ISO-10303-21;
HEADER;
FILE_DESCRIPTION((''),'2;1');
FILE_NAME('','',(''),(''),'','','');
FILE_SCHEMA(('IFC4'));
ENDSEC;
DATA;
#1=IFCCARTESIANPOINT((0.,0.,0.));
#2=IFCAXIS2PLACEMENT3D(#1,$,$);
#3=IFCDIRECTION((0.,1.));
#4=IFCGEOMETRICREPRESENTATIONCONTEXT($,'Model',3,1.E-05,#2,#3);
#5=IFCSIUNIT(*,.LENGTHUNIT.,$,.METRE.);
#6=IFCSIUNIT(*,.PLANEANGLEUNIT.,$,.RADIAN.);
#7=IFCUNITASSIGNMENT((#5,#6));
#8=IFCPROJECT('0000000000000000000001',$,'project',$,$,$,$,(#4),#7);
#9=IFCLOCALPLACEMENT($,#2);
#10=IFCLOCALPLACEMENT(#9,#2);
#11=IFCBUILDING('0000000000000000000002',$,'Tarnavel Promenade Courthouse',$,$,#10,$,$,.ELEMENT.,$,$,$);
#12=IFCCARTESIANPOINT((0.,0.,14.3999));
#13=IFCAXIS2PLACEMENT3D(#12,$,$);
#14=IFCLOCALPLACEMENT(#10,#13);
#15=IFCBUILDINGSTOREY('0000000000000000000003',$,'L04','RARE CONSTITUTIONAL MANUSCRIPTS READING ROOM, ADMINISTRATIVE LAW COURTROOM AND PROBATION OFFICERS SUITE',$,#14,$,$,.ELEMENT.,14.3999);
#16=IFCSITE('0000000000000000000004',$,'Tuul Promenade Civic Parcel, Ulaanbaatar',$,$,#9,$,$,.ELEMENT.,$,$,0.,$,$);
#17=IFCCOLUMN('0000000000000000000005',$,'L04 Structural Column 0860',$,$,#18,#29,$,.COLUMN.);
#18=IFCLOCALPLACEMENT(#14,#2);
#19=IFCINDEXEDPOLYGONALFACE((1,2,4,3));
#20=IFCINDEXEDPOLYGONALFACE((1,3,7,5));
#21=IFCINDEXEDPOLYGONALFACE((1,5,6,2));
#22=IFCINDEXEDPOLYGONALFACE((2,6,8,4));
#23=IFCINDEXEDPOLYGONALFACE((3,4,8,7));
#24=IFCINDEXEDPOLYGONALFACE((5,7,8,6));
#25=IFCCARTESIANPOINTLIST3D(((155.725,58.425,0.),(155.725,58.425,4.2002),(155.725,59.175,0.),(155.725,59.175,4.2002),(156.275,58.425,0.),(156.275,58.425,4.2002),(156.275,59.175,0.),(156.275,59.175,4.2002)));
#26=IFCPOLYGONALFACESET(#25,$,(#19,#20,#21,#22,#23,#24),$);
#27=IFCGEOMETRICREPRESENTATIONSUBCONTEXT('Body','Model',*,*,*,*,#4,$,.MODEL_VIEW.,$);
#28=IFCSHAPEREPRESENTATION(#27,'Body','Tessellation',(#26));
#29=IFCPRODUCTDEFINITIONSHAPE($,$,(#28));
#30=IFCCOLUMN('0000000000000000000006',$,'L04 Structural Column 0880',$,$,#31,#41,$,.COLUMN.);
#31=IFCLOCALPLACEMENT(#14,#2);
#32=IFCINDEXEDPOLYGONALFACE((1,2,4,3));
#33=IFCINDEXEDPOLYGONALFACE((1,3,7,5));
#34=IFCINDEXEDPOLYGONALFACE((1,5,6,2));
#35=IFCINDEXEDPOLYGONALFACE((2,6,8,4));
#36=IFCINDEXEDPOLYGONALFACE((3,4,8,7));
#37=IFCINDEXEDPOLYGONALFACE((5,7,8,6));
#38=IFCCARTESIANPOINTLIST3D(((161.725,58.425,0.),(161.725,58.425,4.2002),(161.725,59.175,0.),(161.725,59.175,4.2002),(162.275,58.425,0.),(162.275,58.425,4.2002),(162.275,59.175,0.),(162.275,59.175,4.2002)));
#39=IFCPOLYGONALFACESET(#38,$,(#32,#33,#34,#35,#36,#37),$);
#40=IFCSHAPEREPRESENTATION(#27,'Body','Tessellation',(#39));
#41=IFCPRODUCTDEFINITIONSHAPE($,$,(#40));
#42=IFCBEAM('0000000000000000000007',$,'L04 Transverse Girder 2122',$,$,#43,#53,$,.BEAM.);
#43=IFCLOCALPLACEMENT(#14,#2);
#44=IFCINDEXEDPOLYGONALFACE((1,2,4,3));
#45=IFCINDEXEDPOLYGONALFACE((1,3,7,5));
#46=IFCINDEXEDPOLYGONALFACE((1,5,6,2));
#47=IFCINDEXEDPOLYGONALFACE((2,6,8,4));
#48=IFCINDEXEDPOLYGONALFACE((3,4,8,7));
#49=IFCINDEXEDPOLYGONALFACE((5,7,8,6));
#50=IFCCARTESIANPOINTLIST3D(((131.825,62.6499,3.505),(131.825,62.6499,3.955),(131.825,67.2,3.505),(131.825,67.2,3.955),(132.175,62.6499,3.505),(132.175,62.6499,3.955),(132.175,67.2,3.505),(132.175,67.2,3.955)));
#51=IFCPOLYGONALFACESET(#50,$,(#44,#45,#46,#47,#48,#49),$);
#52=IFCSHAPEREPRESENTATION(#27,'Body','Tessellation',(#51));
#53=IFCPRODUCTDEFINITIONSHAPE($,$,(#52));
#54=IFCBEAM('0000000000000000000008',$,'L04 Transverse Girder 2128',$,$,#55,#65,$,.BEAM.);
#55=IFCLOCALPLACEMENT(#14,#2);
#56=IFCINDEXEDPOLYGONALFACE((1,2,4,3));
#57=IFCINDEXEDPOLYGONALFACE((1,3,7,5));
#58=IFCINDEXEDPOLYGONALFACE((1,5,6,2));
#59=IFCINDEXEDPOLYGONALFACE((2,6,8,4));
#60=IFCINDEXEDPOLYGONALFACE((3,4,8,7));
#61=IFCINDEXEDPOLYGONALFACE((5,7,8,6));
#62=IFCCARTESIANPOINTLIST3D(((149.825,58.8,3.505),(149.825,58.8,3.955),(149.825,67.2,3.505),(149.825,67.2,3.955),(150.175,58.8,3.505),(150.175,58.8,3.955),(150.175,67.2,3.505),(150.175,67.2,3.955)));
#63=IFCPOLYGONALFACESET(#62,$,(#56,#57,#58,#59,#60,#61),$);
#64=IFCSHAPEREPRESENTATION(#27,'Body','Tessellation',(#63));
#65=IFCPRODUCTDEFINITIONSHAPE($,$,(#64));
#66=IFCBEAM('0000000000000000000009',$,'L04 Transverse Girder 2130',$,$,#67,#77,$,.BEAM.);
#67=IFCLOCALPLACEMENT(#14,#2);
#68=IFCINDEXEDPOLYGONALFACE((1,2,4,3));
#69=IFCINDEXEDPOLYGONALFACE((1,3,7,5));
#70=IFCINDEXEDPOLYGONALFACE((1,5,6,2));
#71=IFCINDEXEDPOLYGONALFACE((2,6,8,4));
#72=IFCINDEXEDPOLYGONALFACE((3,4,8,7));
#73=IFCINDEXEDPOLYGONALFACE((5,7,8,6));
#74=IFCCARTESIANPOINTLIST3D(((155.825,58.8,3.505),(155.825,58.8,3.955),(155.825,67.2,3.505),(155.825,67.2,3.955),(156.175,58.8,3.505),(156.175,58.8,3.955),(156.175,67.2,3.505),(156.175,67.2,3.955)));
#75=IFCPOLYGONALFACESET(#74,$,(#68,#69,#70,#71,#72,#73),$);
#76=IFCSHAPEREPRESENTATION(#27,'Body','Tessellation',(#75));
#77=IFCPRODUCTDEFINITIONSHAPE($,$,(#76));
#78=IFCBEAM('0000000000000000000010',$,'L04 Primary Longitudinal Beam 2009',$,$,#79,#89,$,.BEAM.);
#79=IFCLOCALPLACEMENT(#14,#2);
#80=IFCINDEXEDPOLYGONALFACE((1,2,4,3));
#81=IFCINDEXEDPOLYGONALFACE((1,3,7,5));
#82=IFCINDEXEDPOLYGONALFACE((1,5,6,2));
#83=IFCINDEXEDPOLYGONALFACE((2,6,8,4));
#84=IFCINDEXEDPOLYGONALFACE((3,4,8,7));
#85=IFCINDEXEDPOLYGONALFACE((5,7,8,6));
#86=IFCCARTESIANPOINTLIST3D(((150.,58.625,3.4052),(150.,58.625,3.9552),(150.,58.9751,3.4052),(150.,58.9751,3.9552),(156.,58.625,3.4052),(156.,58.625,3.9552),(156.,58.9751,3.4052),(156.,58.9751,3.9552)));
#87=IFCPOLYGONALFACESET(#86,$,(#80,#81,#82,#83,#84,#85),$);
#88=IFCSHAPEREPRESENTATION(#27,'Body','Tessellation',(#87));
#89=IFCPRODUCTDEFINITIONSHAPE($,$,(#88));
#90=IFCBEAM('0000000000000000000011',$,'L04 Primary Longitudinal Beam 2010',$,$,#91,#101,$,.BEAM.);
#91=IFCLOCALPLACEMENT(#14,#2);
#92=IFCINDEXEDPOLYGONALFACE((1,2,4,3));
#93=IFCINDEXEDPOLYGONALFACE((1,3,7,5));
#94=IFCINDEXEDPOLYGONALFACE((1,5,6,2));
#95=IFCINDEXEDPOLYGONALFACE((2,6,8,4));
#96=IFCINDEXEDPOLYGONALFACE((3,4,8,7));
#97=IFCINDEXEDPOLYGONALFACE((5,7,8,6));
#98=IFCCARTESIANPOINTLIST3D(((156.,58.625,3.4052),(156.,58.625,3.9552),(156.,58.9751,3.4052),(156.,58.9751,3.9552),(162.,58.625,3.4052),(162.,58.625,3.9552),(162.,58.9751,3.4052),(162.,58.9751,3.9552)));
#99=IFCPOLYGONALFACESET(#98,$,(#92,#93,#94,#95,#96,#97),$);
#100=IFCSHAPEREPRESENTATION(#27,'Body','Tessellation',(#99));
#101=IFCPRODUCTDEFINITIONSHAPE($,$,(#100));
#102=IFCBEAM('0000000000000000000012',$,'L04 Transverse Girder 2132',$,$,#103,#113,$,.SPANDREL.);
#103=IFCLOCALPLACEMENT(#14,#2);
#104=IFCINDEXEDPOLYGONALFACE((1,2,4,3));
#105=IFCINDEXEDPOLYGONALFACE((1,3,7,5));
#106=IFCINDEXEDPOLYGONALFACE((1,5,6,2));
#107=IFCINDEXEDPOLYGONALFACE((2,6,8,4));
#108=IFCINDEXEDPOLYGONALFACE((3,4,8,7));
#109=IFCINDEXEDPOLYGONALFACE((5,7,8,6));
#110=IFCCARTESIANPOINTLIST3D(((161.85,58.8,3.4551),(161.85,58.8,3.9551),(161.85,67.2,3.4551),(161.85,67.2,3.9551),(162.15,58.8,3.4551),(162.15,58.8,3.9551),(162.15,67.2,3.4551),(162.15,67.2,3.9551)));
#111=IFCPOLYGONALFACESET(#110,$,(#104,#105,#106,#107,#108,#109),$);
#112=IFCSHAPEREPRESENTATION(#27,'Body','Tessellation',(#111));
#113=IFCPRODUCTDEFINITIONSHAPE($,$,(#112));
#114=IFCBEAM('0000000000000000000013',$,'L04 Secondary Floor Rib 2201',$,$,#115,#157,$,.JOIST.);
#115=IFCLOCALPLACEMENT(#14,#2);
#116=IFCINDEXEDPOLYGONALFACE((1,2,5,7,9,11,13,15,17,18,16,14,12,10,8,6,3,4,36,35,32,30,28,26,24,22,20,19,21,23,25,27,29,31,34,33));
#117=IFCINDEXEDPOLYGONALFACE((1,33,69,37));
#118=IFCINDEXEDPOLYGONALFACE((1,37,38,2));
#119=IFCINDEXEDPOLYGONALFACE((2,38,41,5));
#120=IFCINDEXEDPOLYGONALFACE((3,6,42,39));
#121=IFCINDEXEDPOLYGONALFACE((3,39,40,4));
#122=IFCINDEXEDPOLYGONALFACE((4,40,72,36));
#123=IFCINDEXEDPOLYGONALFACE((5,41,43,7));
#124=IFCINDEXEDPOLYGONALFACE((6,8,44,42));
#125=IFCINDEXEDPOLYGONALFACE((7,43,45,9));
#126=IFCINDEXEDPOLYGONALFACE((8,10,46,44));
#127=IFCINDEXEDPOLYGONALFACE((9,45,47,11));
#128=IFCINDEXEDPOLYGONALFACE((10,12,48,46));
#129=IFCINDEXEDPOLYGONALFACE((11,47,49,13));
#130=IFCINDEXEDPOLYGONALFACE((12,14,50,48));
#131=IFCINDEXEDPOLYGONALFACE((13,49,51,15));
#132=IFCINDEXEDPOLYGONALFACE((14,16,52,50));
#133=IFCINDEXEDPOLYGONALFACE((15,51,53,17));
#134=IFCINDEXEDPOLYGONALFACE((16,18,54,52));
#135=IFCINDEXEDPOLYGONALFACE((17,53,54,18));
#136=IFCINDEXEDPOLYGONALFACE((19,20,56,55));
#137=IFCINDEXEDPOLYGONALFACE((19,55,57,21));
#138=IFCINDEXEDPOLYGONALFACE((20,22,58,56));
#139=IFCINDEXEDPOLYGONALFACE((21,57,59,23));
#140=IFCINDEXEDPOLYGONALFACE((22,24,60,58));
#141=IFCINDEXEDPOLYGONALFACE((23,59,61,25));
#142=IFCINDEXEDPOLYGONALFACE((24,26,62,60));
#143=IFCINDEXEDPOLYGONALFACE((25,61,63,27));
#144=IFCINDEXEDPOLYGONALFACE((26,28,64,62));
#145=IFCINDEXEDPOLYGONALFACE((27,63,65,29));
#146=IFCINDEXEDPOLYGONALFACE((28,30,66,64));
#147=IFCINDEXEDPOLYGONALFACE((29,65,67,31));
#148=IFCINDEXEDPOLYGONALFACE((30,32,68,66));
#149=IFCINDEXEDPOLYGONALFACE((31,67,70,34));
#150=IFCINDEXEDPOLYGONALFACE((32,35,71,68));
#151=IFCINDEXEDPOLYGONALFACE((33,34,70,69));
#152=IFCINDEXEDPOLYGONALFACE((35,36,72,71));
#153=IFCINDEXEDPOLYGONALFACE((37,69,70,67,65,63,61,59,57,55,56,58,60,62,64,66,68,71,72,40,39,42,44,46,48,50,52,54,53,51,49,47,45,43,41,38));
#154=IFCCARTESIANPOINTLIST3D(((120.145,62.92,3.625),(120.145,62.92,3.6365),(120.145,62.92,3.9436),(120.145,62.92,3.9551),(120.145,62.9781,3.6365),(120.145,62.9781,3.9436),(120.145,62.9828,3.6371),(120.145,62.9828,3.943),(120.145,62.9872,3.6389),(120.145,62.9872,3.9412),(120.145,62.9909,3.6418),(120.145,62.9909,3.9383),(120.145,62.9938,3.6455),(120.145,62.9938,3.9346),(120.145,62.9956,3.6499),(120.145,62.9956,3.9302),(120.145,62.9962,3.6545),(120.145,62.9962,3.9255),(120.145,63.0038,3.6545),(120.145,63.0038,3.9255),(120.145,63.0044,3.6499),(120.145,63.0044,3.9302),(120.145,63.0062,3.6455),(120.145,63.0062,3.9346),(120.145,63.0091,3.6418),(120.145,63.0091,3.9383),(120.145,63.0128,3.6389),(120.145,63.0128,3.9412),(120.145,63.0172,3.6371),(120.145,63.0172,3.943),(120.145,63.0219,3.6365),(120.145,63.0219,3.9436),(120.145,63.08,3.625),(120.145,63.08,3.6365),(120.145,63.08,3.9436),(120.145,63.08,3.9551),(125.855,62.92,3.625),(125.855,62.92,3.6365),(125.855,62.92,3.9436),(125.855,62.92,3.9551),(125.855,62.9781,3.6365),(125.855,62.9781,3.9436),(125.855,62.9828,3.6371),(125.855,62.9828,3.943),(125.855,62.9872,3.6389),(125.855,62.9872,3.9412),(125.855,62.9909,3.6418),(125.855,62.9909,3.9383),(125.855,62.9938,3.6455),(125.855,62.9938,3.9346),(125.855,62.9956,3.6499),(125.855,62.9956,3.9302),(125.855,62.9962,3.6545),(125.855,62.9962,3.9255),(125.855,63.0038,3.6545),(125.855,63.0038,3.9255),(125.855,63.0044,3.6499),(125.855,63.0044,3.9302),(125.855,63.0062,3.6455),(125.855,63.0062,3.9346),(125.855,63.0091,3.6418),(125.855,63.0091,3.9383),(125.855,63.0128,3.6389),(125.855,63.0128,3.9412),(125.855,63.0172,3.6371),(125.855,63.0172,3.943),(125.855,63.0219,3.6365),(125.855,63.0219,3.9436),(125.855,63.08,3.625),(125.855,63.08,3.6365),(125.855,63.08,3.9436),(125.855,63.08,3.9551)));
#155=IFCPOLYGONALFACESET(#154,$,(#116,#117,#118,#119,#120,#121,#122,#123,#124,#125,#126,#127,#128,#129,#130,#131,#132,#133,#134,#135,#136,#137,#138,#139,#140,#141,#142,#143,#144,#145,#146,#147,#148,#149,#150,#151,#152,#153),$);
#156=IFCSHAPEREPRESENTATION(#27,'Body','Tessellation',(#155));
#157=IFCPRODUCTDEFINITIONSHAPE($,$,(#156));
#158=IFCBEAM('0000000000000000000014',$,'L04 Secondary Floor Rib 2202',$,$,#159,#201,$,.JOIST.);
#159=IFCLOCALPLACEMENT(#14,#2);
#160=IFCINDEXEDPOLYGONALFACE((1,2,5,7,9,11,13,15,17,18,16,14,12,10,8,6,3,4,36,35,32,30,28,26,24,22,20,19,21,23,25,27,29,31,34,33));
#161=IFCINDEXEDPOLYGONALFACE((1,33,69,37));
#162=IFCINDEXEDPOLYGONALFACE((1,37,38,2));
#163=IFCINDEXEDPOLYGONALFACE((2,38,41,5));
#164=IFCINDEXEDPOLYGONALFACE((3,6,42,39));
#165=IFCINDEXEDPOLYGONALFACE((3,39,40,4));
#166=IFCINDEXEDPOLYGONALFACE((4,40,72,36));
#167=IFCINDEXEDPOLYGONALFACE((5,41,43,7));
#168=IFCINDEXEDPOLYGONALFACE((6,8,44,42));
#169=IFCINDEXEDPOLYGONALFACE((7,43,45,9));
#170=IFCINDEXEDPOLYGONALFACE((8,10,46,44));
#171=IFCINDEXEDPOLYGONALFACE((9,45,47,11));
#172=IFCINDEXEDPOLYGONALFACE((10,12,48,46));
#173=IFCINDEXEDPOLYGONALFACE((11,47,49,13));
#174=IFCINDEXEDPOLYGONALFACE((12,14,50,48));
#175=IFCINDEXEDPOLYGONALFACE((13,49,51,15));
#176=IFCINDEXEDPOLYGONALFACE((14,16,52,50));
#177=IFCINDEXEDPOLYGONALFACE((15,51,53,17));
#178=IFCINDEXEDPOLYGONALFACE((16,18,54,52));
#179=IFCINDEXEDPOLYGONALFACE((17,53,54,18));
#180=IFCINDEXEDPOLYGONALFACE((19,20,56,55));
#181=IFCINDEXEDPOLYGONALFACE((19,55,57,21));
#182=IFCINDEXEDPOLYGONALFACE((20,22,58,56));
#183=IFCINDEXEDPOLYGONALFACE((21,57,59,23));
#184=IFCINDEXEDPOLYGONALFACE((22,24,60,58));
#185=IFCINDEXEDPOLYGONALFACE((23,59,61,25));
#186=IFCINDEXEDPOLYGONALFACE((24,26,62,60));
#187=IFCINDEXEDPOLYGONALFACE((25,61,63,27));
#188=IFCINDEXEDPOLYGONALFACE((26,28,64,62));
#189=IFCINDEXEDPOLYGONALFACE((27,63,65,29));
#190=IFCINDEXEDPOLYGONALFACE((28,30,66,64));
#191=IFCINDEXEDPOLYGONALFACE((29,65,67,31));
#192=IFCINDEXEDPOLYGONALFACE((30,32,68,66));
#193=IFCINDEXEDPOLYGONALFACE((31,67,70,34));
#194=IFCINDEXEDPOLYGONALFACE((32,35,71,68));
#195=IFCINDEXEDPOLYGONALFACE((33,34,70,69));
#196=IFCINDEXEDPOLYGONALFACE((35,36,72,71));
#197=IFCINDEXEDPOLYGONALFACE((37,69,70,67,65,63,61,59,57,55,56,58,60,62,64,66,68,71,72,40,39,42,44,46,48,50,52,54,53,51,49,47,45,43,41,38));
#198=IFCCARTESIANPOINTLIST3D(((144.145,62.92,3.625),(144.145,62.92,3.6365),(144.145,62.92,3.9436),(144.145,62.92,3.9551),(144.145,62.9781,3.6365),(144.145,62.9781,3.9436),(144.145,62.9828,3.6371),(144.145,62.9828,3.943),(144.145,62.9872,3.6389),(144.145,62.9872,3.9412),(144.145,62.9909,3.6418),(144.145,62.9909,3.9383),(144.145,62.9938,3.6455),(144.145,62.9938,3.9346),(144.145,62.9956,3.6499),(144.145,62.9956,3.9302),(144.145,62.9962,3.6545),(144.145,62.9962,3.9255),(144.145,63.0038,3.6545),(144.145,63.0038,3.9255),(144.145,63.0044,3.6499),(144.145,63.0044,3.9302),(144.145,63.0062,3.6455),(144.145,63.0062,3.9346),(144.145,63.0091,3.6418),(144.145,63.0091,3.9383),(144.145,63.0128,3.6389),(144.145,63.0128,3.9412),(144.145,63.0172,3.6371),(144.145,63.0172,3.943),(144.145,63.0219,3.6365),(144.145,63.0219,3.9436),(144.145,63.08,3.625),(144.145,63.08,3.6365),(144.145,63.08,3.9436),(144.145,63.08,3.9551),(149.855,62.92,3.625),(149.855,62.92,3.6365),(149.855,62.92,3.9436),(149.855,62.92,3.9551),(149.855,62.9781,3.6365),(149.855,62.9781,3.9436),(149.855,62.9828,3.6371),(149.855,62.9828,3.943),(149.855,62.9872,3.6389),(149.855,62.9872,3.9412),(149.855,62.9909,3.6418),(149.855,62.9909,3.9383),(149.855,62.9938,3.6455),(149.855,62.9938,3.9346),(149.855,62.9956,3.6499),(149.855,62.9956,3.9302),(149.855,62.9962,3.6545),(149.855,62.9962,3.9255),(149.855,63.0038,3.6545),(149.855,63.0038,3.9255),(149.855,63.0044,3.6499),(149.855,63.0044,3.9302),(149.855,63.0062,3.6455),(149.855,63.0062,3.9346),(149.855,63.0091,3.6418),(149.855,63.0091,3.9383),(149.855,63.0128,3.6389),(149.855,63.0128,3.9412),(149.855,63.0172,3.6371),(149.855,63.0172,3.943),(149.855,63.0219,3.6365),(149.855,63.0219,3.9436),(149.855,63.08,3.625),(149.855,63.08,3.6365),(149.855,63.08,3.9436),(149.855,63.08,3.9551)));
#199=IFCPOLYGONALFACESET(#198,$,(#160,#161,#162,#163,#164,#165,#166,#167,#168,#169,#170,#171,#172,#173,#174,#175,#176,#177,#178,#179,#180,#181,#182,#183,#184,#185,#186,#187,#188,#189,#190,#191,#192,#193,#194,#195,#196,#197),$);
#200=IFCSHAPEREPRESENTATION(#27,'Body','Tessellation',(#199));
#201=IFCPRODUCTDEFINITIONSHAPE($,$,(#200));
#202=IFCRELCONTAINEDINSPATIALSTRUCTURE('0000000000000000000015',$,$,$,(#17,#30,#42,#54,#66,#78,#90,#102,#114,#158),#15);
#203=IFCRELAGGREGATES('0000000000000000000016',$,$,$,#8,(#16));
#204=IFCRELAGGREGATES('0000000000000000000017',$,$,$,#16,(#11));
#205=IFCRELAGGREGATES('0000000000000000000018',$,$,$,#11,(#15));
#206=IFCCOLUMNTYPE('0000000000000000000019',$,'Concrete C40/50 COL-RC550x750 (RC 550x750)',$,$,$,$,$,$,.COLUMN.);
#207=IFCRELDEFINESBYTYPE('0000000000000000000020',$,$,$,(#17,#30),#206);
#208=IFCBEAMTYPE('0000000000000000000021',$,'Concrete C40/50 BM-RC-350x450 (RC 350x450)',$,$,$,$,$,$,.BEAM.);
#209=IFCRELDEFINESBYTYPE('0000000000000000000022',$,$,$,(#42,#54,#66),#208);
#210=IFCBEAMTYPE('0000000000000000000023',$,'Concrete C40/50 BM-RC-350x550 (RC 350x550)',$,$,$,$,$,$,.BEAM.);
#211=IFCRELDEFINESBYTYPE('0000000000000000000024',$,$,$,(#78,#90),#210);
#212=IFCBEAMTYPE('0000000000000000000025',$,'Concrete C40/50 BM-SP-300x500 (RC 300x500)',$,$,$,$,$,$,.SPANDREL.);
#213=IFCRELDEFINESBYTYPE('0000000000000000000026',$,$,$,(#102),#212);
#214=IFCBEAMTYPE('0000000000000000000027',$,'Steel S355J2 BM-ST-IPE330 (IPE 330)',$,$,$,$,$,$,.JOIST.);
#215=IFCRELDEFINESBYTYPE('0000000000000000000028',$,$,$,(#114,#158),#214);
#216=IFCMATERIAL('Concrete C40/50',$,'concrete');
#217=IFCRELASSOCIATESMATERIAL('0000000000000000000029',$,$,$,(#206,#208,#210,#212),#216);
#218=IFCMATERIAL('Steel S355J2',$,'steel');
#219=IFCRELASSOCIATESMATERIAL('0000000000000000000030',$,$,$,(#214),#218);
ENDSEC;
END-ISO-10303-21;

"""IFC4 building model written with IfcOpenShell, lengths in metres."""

from ifc_helpers import new_model, si_unit, direction, frame, origin, origin_2d, place, context, subcontext, project, spatial, rectangle, i_section, extrude, material, material_profile, profile_set, type_object, element, save


model = new_model("IFC4")

# Units and contexts
model_context = context("Model", 3, precision=1e-05, world=origin(), true_north=direction((0.0, 1.0)))
body_context = subcontext(model_context, "Body", "Model", "MODEL_VIEW")
ifc_project = project(units=[si_unit("LENGTHUNIT", "METRE"), si_unit("PLANEANGLEUNIT", "RADIAN")], contexts=[model_context])

# Site, building, storey
site_placement = place(None, origin())
site = spatial("IfcSite", under=ifc_project, at=site_placement, Name="Tuul Promenade Civic Parcel, Ulaanbaatar", CompositionType="ELEMENT", RefElevation=0.0)
building_placement = place(site_placement, origin())
building = spatial("IfcBuilding", under=site, at=building_placement, Name="Tarnavel Promenade Courthouse", CompositionType="ELEMENT")
storey_placement = place(building_placement, frame((0.0, 0.0, 14.3999)))
storey = spatial("IfcBuildingStorey", under=building, at=storey_placement, Name="L04", Description="RARE CONSTITUTIONAL MANUSCRIPTS READING ROOM, ADMINISTRATIVE LAW COURTROOM AND PROBATION OFFICERS SUITE", CompositionType="ELEMENT", Elevation=14.3999)

# Columns
ifc_material_1 = material(Name="Concrete C40/50", Category="concrete")
ifc_material_profile_1 = material_profile(ifc_material_1, rectangle(XDim=0.55, YDim=0.75, at=origin_2d()), Name="RC 550x750")
ifc_profile_set_1 = profile_set([ifc_material_profile_1], Name="Concrete C40/50")
column_type = type_object("IfcColumnType", Name="Concrete C40/50 COL-RC550x750 (RC 550x750)", PredefinedType="COLUMN", material=ifc_profile_set_1)
for number, where, z_axis, x_axis, name in (
    (1, (156.0, 58.8, 0.0), (0.0, 0.0, 1.0), (1.0, 0.0, 0.0), "L04 Structural Column 0860"),
    (2, (162.0, 58.8, 0.0), (0.0, 0.0, 1.0), (1.0, 0.0, 0.0), "L04 Structural Column 0880"),
):
    element("IfcColumn", number, at=place(storey_placement, frame(where, z_axis=z_axis, x_axis=x_axis)), inside=storey, type_object=column_type, Name=name, PredefinedType="COLUMN", context=body_context, shape_type="SweptSolid", body=[
        extrude(rectangle(XDim=0.55, YDim=0.75, at=origin_2d()), origin(), (0.0, 0.0, 1.0), 4.2002),
    ])

# Beams
ifc_material_profile_2 = material_profile(ifc_material_1, rectangle(XDim=0.3501, YDim=0.45, at=origin_2d()), Name="RC 350x450")
ifc_profile_set_2 = profile_set([ifc_material_profile_2], Name="Concrete C40/50")
beam_type_1 = type_object("IfcBeamType", Name="Concrete C40/50 BM-RC-350x450 (RC 350x450)", PredefinedType="BEAM", material=ifc_profile_set_2)
beam_1_placement = place(storey_placement, frame((132.0, 62.6499, 3.73), z_axis=(0.0, 1.0, 0.0), x_axis=(-1.0, 0.0, 0.0)))
element("IfcBeam", 3, at=beam_1_placement, inside=storey, type_object=beam_type_1, Name="L04 Transverse Girder 2122", PredefinedType="BEAM", context=body_context, shape_type="SweptSolid", body=[
    extrude(rectangle(XDim=0.3501, YDim=0.45, at=origin_2d()), origin(), (0.0, 0.0, 1.0), 4.55),
])
for number, where, z_axis, x_axis, name in (
    (4, (150.0, 58.8, 3.73), (0.0, 1.0, 0.0), (-1.0, 0.0, 0.0), "L04 Transverse Girder 2128"),
    (5, (156.0, 58.8, 3.73), (0.0, 1.0, 0.0), (-1.0, 0.0, 0.0), "L04 Transverse Girder 2130"),
):
    element("IfcBeam", number, at=place(storey_placement, frame(where, z_axis=z_axis, x_axis=x_axis)), inside=storey, type_object=beam_type_1, Name=name, PredefinedType="BEAM", context=body_context, shape_type="SweptSolid", body=[
        extrude(rectangle(XDim=0.3501, YDim=0.45, at=origin_2d()), origin(), (0.0, 0.0, 1.0), 8.3999),
    ])
ifc_material_profile_3 = material_profile(ifc_material_1, rectangle(XDim=0.3501, YDim=0.55, at=origin_2d()), Name="RC 350x550")
ifc_profile_set_3 = profile_set([ifc_material_profile_3], Name="Concrete C40/50")
beam_type_2 = type_object("IfcBeamType", Name="Concrete C40/50 BM-RC-350x550 (RC 350x550)", PredefinedType="BEAM", material=ifc_profile_set_3)
for number, where, z_axis, x_axis, name in (
    (6, (150.0, 58.8, 3.6802), (1.0, 0.0, 0.0), (0.0, 1.0, 0.0), "L04 Primary Longitudinal Beam 2009"),
    (7, (156.0, 58.8, 3.6802), (1.0, 0.0, 0.0), (0.0, 1.0, 0.0), "L04 Primary Longitudinal Beam 2010"),
):
    element("IfcBeam", number, at=place(storey_placement, frame(where, z_axis=z_axis, x_axis=x_axis)), inside=storey, type_object=beam_type_2, Name=name, PredefinedType="BEAM", context=body_context, shape_type="SweptSolid", body=[
        extrude(rectangle(XDim=0.3501, YDim=0.55, at=origin_2d()), origin(), (0.0, 0.0, 1.0), 6.0),
    ])
ifc_material_profile_4 = material_profile(ifc_material_1, rectangle(XDim=0.3, YDim=0.5, at=origin_2d()), Name="RC 300x500")
ifc_profile_set_4 = profile_set([ifc_material_profile_4], Name="Concrete C40/50")
beam_type_3 = type_object("IfcBeamType", Name="Concrete C40/50 BM-SP-300x500 (RC 300x500)", PredefinedType="SPANDREL", material=ifc_profile_set_4)
beam_2_placement = place(storey_placement, frame((162.0, 58.8, 3.7051), z_axis=(0.0, 1.0, 0.0), x_axis=(-1.0, 0.0, 0.0)))
element("IfcBeam", 8, at=beam_2_placement, inside=storey, type_object=beam_type_3, Name="L04 Transverse Girder 2132", PredefinedType="SPANDREL", context=body_context, shape_type="SweptSolid", body=[
    extrude(rectangle(XDim=0.3, YDim=0.5, at=origin_2d()), origin(), (0.0, 0.0, 1.0), 8.3999),
])
ifc_material_2 = material(Name="Steel S355J2", Category="steel")
ifc_material_profile_5 = material_profile(ifc_material_2, i_section(OverallWidth=0.1599, OverallDepth=0.3301, WebThickness=0.0076, FlangeThickness=0.0115, FilletRadius=0.0181, at=origin_2d()), Name="IPE 330")
ifc_profile_set_5 = profile_set([ifc_material_profile_5], Name="Steel S355J2")
beam_type_4 = type_object("IfcBeamType", Name="Steel S355J2 BM-ST-IPE330 (IPE 330)", PredefinedType="JOIST", material=ifc_profile_set_5)
for number, where, z_axis, x_axis, name in (
    (9, (120.145, 63.0, 3.79), (1.0, 0.0, 0.0), (0.0, 1.0, 0.0), "L04 Secondary Floor Rib 2201"),
    (10, (144.145, 63.0, 3.79), (1.0, 0.0, 0.0), (0.0, 1.0, 0.0), "L04 Secondary Floor Rib 2202"),
):
    element("IfcBeam", number, at=place(storey_placement, frame(where, z_axis=z_axis, x_axis=x_axis)), inside=storey, type_object=beam_type_4, Name=name, PredefinedType="JOIST", context=body_context, shape_type="SweptSolid", body=[
        extrude(i_section(OverallWidth=0.1599, OverallDepth=0.3301, WebThickness=0.0076, FlangeThickness=0.0115, FilletRadius=0.0181, at=origin_2d()), origin(), (0.0, 0.0, 1.0), 5.71),
    ])

save(model, "model.ifc")
